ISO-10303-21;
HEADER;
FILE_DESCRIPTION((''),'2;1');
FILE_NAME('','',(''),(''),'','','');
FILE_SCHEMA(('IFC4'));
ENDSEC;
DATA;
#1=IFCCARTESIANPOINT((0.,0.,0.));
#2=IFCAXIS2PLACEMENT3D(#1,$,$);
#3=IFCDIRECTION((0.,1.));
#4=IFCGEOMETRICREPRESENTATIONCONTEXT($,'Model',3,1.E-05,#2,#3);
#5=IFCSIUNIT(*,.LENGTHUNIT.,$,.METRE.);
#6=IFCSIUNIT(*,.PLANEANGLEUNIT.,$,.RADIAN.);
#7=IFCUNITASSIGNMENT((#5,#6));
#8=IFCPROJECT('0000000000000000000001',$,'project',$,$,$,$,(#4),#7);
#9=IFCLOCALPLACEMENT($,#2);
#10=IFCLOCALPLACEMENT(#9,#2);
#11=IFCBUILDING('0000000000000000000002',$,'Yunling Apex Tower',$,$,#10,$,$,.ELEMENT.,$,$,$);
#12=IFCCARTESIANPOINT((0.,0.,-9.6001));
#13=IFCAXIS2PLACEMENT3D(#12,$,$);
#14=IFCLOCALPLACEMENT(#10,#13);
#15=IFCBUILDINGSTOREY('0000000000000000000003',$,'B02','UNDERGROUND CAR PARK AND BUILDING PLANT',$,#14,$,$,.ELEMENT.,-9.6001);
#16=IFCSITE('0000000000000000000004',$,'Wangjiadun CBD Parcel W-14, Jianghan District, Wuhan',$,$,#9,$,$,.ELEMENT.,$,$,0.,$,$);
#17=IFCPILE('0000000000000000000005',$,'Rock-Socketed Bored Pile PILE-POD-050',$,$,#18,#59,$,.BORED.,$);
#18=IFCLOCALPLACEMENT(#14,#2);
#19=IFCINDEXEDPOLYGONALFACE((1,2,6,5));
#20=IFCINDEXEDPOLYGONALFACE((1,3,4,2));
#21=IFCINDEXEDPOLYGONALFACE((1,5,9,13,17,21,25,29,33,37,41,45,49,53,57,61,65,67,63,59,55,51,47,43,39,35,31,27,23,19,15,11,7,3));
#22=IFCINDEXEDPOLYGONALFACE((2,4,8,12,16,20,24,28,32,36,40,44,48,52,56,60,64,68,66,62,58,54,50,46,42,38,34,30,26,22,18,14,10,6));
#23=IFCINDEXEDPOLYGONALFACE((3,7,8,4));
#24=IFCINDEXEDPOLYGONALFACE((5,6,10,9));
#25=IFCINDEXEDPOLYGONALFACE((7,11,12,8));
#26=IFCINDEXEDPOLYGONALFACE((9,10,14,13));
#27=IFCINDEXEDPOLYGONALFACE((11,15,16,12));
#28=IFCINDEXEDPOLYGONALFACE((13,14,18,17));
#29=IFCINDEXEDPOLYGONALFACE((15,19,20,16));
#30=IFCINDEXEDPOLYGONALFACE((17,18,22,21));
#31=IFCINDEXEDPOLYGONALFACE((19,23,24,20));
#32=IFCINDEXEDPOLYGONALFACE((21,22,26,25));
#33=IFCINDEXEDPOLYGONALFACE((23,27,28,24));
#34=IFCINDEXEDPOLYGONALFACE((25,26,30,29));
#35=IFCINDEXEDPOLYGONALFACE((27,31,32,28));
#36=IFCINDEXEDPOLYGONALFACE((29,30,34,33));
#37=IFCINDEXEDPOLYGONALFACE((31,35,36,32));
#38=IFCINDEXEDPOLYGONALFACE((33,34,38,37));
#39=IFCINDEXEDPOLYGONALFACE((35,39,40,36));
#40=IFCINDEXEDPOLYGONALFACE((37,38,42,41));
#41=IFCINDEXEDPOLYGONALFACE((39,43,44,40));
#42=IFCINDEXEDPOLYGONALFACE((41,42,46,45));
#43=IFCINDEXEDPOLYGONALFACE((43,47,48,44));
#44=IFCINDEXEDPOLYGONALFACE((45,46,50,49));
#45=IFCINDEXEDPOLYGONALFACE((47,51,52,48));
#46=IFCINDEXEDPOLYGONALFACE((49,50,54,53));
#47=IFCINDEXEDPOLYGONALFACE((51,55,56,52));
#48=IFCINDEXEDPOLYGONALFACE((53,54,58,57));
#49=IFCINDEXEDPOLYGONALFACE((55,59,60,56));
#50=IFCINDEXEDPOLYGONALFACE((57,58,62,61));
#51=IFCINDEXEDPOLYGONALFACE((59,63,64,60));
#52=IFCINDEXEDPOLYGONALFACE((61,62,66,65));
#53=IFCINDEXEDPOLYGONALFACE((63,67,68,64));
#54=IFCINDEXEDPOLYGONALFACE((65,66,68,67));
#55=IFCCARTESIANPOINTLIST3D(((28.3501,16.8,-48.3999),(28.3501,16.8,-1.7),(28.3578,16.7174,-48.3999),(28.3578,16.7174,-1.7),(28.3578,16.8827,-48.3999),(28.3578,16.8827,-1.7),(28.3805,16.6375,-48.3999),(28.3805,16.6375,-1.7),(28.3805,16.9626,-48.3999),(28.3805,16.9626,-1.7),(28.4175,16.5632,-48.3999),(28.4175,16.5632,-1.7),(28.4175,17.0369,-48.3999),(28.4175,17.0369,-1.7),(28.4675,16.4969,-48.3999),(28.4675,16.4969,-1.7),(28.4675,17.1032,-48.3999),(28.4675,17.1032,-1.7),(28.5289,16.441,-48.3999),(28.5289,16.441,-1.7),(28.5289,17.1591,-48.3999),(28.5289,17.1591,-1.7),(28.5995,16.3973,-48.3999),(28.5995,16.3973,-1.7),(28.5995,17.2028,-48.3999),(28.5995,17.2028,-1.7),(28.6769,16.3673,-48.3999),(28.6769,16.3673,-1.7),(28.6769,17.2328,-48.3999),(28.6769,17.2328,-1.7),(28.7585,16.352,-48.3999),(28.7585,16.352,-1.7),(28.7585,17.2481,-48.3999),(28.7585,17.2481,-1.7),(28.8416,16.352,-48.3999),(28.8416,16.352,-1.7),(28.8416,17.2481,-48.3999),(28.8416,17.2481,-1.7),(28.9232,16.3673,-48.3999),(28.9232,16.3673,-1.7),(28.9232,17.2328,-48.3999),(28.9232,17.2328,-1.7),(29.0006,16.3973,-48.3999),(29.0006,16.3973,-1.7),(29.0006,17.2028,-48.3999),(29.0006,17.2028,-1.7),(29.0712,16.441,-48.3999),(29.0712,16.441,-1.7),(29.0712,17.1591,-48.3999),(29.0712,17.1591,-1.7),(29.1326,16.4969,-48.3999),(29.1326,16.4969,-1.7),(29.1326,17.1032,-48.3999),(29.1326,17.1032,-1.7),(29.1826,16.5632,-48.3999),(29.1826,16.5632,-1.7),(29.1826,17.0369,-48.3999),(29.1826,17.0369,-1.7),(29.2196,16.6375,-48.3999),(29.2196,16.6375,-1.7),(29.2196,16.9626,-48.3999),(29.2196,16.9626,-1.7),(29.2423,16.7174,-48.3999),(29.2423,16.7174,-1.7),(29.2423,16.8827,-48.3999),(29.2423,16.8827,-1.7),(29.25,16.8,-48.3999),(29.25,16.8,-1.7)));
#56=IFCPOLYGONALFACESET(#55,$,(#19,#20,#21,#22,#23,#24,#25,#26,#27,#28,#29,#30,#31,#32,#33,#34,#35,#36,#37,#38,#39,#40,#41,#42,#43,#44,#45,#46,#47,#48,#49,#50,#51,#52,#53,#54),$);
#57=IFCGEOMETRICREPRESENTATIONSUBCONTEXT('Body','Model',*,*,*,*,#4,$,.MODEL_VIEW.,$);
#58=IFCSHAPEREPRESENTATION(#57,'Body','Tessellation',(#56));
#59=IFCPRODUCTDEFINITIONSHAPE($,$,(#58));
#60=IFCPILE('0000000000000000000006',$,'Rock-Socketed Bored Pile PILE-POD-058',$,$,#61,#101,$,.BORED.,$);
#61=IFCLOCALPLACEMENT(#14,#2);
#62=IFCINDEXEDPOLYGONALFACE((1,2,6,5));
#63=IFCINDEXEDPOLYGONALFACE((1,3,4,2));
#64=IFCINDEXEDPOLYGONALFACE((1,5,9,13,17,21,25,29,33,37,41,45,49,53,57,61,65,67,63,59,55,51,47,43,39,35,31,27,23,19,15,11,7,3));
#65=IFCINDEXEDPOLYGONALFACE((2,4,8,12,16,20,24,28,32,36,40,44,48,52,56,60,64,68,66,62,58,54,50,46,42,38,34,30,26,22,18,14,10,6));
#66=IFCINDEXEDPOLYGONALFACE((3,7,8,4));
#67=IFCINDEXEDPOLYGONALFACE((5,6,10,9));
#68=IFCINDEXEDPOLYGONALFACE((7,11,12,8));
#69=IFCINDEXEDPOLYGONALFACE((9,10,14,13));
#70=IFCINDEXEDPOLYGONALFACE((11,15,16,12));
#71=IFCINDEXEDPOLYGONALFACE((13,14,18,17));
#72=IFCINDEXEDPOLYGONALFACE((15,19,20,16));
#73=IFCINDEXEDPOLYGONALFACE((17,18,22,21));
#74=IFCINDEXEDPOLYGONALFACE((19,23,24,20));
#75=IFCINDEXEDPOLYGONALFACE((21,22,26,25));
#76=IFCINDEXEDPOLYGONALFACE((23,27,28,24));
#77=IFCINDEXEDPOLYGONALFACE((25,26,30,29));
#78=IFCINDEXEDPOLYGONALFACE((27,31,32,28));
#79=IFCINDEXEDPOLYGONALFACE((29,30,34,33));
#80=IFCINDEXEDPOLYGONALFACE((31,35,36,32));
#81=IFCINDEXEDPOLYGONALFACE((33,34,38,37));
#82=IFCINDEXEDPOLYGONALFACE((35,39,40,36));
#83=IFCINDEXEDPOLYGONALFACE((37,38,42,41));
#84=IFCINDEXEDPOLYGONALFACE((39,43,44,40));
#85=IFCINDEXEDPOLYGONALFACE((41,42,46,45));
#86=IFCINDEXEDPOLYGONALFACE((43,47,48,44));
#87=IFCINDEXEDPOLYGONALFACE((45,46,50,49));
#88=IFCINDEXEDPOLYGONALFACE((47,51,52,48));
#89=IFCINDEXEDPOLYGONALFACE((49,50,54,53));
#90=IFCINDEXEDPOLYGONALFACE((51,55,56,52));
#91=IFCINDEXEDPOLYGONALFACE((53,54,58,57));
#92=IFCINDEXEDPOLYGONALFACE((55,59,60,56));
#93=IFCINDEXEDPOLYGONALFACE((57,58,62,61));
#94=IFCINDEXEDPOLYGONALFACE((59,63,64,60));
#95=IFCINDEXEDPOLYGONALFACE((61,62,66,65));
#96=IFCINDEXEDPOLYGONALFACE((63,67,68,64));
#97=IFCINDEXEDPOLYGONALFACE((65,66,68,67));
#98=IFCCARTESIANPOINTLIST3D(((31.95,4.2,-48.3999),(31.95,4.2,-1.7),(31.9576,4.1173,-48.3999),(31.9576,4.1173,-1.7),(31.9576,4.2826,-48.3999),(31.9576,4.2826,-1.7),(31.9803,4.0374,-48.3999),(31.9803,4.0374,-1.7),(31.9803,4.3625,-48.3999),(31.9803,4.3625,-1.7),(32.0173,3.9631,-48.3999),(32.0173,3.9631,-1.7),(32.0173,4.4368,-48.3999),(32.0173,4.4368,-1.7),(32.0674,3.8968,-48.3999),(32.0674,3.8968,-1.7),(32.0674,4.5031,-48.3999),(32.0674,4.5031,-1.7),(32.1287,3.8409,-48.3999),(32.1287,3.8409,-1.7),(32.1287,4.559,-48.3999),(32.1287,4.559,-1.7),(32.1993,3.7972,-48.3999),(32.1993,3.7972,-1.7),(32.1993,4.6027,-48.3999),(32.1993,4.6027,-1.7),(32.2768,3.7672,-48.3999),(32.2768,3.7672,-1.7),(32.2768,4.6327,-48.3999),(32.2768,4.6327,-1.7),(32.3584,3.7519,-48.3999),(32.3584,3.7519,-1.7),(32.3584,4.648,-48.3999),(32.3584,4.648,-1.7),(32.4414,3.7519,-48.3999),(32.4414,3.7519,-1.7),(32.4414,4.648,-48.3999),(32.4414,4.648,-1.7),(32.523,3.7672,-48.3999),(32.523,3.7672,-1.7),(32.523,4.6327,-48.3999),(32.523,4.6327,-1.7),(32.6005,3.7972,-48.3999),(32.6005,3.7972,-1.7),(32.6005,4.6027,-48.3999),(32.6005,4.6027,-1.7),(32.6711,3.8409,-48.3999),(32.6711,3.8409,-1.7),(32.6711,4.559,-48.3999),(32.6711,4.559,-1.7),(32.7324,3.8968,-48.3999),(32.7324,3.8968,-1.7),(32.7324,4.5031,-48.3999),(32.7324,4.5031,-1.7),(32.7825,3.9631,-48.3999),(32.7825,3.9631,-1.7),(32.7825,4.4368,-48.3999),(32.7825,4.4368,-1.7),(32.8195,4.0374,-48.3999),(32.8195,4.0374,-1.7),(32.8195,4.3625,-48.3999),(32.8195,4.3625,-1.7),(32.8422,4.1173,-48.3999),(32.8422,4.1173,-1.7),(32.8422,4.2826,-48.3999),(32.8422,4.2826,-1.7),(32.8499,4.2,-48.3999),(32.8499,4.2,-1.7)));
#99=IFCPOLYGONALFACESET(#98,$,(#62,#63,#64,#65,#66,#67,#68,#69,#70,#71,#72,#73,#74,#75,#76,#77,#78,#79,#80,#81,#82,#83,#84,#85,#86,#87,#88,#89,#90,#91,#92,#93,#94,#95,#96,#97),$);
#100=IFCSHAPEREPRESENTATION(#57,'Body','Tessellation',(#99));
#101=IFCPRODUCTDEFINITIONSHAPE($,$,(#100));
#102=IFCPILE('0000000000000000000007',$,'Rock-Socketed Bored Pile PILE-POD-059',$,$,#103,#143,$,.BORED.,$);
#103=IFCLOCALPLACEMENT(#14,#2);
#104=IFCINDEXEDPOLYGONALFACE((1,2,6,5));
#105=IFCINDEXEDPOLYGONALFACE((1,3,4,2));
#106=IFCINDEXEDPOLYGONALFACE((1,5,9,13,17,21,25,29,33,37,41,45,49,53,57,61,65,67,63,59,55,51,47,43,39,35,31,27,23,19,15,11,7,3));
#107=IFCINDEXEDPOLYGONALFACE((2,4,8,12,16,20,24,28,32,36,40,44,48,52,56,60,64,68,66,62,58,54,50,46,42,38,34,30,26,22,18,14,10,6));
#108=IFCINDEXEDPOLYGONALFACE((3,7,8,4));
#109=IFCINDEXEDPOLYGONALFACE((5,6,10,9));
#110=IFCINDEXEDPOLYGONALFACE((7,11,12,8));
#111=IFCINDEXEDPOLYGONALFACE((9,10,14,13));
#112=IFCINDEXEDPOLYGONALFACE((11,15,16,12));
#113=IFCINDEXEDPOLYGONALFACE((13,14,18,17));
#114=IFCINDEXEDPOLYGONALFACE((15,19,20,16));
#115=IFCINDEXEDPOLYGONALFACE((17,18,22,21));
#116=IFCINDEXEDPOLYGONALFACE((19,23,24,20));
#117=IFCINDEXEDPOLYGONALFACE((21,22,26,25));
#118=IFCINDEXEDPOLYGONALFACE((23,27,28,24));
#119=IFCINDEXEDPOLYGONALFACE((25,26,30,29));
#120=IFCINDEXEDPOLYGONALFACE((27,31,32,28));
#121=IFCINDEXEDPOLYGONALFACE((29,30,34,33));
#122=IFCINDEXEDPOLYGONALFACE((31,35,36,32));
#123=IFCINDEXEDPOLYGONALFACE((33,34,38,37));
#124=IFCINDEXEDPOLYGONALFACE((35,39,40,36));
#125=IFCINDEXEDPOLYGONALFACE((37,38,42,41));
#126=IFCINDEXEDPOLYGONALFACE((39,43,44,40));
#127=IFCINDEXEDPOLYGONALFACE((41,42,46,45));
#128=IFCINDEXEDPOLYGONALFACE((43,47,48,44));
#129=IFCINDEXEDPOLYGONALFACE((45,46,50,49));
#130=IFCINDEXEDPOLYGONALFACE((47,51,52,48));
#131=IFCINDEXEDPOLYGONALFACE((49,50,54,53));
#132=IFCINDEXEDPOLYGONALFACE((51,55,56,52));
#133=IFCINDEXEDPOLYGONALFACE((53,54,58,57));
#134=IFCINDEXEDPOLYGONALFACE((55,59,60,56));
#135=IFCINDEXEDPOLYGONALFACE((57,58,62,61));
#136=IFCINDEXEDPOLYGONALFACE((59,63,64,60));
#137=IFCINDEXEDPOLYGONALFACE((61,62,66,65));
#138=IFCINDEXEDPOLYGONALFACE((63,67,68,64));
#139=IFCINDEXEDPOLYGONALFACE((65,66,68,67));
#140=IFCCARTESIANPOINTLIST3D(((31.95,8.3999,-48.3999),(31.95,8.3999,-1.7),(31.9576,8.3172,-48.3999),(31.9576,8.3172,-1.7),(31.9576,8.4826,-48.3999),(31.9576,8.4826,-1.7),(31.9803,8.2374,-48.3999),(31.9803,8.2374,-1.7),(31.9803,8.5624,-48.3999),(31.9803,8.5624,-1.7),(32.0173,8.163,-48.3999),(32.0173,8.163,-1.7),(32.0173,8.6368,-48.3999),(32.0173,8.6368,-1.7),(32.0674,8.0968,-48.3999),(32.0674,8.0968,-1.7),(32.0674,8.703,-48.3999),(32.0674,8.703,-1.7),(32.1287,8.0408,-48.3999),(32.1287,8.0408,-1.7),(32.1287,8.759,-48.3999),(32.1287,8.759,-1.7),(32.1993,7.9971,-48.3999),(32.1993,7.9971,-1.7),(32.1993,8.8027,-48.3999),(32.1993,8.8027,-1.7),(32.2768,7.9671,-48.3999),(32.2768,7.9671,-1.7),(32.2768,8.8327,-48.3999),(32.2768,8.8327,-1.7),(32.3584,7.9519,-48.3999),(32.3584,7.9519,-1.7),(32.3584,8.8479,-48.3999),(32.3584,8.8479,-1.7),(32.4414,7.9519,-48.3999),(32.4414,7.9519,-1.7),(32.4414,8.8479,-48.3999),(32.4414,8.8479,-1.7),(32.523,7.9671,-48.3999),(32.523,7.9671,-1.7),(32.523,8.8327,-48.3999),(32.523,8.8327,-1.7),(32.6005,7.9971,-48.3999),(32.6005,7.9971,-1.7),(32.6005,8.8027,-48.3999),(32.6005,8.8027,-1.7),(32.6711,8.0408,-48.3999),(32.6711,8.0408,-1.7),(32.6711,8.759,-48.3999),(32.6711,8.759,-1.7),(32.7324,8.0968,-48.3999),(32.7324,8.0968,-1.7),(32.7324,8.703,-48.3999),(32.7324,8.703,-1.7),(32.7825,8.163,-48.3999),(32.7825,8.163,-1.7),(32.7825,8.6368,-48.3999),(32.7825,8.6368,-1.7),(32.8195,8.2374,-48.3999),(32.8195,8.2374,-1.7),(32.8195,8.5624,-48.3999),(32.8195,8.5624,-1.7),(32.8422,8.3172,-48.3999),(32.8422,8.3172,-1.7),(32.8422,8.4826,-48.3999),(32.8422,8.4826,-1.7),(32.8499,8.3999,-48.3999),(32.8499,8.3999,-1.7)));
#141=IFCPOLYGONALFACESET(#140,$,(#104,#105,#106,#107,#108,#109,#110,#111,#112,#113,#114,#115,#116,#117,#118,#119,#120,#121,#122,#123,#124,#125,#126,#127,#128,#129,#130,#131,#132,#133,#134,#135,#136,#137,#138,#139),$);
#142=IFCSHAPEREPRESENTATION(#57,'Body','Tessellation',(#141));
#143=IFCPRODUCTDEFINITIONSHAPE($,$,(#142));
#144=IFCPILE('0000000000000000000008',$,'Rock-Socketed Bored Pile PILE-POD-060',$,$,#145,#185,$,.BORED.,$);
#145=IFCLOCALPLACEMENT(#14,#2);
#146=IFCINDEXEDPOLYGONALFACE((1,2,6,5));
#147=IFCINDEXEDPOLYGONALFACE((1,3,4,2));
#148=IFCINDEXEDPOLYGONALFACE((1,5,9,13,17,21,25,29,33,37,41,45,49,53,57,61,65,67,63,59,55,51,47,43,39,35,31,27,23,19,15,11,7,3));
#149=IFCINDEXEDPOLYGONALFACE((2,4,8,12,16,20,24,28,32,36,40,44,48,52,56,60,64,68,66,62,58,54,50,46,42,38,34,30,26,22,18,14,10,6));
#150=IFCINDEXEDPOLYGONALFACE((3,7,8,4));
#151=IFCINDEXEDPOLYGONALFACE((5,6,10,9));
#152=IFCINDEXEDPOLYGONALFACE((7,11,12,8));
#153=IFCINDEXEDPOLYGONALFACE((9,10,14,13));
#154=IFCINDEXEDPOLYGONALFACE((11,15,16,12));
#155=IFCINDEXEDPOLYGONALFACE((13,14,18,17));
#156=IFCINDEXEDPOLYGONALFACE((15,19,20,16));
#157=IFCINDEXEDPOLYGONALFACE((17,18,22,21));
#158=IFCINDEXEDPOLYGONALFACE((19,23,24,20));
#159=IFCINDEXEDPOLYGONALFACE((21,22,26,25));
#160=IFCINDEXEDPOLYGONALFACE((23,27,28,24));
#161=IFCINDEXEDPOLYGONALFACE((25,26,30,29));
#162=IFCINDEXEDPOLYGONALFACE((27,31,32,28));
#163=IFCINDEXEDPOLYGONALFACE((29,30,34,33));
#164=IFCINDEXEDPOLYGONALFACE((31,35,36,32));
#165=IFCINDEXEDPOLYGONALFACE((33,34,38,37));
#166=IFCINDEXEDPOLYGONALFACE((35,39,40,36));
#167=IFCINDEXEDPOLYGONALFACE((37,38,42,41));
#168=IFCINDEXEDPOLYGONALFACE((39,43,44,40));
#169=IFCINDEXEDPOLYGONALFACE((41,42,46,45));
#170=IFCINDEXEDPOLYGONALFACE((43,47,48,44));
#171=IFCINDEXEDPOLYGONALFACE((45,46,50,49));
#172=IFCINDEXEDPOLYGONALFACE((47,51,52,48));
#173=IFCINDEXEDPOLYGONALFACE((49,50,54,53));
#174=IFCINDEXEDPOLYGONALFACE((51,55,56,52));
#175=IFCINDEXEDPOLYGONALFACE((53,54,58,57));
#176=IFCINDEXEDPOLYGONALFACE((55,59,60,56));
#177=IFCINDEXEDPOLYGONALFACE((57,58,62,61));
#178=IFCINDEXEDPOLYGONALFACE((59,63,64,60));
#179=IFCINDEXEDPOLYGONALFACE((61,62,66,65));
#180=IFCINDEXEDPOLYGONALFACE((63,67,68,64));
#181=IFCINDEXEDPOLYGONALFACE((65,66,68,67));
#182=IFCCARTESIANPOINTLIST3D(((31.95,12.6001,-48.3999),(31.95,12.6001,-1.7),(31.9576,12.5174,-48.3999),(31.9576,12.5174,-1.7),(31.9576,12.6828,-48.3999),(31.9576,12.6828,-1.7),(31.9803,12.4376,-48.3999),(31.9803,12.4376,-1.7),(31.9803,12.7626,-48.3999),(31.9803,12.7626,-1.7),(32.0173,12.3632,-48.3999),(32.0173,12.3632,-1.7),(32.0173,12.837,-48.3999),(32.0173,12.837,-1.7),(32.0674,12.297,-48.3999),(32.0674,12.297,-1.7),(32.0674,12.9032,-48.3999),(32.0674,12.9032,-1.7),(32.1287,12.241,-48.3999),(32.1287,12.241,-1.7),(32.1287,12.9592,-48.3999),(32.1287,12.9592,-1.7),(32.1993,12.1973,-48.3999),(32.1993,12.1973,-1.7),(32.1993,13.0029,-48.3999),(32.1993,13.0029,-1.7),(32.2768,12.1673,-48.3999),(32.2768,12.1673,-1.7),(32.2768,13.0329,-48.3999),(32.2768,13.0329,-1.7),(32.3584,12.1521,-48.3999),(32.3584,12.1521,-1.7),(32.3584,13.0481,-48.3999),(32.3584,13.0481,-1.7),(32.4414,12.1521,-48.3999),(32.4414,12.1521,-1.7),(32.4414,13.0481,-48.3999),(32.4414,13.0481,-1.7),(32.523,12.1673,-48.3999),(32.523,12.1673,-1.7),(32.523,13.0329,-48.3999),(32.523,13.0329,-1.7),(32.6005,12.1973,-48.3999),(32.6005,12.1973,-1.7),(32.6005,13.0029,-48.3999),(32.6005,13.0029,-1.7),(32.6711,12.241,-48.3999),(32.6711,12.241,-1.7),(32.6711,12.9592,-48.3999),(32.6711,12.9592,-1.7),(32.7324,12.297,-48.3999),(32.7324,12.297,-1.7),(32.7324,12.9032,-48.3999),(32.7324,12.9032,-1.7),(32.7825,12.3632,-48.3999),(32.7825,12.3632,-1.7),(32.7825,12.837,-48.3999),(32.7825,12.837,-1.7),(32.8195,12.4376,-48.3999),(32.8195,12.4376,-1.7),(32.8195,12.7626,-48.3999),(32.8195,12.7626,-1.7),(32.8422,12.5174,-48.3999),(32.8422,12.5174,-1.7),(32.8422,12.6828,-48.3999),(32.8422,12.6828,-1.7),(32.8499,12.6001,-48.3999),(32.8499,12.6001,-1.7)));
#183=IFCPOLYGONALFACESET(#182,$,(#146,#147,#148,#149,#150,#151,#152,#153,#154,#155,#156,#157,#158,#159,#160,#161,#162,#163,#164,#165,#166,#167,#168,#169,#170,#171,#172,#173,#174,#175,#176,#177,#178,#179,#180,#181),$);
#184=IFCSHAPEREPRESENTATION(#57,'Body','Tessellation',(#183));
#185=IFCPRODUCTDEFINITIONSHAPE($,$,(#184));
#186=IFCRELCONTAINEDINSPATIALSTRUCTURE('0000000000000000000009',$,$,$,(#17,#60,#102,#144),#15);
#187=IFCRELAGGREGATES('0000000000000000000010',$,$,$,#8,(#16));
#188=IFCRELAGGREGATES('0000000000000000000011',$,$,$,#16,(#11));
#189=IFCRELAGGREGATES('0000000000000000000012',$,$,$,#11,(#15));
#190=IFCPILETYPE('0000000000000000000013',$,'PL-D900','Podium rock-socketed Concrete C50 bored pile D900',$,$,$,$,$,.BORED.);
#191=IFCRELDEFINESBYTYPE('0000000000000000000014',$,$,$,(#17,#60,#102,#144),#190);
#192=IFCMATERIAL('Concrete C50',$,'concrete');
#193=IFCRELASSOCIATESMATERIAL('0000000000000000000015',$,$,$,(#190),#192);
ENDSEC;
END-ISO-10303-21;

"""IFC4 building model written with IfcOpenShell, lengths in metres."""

from ifc_helpers import new_model, si_unit, direction, frame, origin, origin_2d, place, context, subcontext, project, spatial, circle, extrude, source, transform, mapped, material, material_profile, profile_set, type_object, element, save


model = new_model("IFC4")

# Units and contexts
model_context = context("Model", 3, precision=1e-05, world=origin(), true_north=direction((0.0, 1.0)))
body_context = subcontext(model_context, "Body", "Model", "MODEL_VIEW")
ifc_project = project(units=[si_unit("LENGTHUNIT", "METRE"), si_unit("PLANEANGLEUNIT", "RADIAN")], contexts=[model_context])

# Site, building, storey
site_placement = place(None, origin())
site = spatial("IfcSite", under=ifc_project, at=site_placement, Name="Wangjiadun CBD Parcel W-14, Jianghan District, Wuhan", CompositionType="ELEMENT", RefElevation=0.0)
building_placement = place(site_placement, origin())
building = spatial("IfcBuilding", under=site, at=building_placement, Name="Yunling Apex Tower", CompositionType="ELEMENT")
storey_placement = place(building_placement, frame((0.0, 0.0, -9.6001)))
storey = spatial("IfcBuildingStorey", under=building, at=storey_placement, Name="B02", Description="UNDERGROUND CAR PARK AND BUILDING PLANT", CompositionType="ELEMENT", Elevation=-9.6001)

# Shared definitions
ifc_material_1 = material(Name="Concrete C50", Category="concrete")

# Piles
ifc_material_profile_1 = material_profile(ifc_material_1, circle(Radius=0.45, at=origin_2d()))
ifc_profile_set_1 = profile_set([ifc_material_profile_1], Name="Concrete C50")
pile_type_1 = type_object("IfcPileType", Name="PL-D900", Description="Podium rock-socketed Concrete C50 bored pile D900", PredefinedType="BORED", material=ifc_profile_set_1)
shared_shape_1 = source(origin(), body_context, "Body", "SweptSolid", [
    extrude(circle(Radius=0.45, at=origin_2d()), origin(), (0.0, 0.0, 1.0), 46.7),
])
for number, where, z_axis, x_axis, name in (
    (1, (28.8, 16.8, -1.7), (0.0, 0.0, -1.0), (1.0, 0.0, 0.0), "Rock-Socketed Bored Pile PILE-POD-050"),
    (2, (32.3999, 4.2, -1.7), (0.0, 0.0, -1.0), (1.0, 0.0, 0.0), "Rock-Socketed Bored Pile PILE-POD-058"),
    (3, (32.3999, 8.3999, -1.7), (0.0, 0.0, -1.0), (1.0, 0.0, 0.0), "Rock-Socketed Bored Pile PILE-POD-059"),
    (4, (32.3999, 12.6001, -1.7), (0.0, 0.0, -1.0), (1.0, 0.0, 0.0), "Rock-Socketed Bored Pile PILE-POD-060"),
):
    element("IfcPile", number, at=place(storey_placement, frame(where, z_axis=z_axis, x_axis=x_axis)), inside=storey, type_object=pile_type_1, Name=name, PredefinedType="BORED", context=body_context, shape_type="MappedRepresentation", body=[
        mapped(shared_shape_1, transform((0.0, 0.0, 0.0), scale=1.0)),
    ])

save(model, "model.ifc")
